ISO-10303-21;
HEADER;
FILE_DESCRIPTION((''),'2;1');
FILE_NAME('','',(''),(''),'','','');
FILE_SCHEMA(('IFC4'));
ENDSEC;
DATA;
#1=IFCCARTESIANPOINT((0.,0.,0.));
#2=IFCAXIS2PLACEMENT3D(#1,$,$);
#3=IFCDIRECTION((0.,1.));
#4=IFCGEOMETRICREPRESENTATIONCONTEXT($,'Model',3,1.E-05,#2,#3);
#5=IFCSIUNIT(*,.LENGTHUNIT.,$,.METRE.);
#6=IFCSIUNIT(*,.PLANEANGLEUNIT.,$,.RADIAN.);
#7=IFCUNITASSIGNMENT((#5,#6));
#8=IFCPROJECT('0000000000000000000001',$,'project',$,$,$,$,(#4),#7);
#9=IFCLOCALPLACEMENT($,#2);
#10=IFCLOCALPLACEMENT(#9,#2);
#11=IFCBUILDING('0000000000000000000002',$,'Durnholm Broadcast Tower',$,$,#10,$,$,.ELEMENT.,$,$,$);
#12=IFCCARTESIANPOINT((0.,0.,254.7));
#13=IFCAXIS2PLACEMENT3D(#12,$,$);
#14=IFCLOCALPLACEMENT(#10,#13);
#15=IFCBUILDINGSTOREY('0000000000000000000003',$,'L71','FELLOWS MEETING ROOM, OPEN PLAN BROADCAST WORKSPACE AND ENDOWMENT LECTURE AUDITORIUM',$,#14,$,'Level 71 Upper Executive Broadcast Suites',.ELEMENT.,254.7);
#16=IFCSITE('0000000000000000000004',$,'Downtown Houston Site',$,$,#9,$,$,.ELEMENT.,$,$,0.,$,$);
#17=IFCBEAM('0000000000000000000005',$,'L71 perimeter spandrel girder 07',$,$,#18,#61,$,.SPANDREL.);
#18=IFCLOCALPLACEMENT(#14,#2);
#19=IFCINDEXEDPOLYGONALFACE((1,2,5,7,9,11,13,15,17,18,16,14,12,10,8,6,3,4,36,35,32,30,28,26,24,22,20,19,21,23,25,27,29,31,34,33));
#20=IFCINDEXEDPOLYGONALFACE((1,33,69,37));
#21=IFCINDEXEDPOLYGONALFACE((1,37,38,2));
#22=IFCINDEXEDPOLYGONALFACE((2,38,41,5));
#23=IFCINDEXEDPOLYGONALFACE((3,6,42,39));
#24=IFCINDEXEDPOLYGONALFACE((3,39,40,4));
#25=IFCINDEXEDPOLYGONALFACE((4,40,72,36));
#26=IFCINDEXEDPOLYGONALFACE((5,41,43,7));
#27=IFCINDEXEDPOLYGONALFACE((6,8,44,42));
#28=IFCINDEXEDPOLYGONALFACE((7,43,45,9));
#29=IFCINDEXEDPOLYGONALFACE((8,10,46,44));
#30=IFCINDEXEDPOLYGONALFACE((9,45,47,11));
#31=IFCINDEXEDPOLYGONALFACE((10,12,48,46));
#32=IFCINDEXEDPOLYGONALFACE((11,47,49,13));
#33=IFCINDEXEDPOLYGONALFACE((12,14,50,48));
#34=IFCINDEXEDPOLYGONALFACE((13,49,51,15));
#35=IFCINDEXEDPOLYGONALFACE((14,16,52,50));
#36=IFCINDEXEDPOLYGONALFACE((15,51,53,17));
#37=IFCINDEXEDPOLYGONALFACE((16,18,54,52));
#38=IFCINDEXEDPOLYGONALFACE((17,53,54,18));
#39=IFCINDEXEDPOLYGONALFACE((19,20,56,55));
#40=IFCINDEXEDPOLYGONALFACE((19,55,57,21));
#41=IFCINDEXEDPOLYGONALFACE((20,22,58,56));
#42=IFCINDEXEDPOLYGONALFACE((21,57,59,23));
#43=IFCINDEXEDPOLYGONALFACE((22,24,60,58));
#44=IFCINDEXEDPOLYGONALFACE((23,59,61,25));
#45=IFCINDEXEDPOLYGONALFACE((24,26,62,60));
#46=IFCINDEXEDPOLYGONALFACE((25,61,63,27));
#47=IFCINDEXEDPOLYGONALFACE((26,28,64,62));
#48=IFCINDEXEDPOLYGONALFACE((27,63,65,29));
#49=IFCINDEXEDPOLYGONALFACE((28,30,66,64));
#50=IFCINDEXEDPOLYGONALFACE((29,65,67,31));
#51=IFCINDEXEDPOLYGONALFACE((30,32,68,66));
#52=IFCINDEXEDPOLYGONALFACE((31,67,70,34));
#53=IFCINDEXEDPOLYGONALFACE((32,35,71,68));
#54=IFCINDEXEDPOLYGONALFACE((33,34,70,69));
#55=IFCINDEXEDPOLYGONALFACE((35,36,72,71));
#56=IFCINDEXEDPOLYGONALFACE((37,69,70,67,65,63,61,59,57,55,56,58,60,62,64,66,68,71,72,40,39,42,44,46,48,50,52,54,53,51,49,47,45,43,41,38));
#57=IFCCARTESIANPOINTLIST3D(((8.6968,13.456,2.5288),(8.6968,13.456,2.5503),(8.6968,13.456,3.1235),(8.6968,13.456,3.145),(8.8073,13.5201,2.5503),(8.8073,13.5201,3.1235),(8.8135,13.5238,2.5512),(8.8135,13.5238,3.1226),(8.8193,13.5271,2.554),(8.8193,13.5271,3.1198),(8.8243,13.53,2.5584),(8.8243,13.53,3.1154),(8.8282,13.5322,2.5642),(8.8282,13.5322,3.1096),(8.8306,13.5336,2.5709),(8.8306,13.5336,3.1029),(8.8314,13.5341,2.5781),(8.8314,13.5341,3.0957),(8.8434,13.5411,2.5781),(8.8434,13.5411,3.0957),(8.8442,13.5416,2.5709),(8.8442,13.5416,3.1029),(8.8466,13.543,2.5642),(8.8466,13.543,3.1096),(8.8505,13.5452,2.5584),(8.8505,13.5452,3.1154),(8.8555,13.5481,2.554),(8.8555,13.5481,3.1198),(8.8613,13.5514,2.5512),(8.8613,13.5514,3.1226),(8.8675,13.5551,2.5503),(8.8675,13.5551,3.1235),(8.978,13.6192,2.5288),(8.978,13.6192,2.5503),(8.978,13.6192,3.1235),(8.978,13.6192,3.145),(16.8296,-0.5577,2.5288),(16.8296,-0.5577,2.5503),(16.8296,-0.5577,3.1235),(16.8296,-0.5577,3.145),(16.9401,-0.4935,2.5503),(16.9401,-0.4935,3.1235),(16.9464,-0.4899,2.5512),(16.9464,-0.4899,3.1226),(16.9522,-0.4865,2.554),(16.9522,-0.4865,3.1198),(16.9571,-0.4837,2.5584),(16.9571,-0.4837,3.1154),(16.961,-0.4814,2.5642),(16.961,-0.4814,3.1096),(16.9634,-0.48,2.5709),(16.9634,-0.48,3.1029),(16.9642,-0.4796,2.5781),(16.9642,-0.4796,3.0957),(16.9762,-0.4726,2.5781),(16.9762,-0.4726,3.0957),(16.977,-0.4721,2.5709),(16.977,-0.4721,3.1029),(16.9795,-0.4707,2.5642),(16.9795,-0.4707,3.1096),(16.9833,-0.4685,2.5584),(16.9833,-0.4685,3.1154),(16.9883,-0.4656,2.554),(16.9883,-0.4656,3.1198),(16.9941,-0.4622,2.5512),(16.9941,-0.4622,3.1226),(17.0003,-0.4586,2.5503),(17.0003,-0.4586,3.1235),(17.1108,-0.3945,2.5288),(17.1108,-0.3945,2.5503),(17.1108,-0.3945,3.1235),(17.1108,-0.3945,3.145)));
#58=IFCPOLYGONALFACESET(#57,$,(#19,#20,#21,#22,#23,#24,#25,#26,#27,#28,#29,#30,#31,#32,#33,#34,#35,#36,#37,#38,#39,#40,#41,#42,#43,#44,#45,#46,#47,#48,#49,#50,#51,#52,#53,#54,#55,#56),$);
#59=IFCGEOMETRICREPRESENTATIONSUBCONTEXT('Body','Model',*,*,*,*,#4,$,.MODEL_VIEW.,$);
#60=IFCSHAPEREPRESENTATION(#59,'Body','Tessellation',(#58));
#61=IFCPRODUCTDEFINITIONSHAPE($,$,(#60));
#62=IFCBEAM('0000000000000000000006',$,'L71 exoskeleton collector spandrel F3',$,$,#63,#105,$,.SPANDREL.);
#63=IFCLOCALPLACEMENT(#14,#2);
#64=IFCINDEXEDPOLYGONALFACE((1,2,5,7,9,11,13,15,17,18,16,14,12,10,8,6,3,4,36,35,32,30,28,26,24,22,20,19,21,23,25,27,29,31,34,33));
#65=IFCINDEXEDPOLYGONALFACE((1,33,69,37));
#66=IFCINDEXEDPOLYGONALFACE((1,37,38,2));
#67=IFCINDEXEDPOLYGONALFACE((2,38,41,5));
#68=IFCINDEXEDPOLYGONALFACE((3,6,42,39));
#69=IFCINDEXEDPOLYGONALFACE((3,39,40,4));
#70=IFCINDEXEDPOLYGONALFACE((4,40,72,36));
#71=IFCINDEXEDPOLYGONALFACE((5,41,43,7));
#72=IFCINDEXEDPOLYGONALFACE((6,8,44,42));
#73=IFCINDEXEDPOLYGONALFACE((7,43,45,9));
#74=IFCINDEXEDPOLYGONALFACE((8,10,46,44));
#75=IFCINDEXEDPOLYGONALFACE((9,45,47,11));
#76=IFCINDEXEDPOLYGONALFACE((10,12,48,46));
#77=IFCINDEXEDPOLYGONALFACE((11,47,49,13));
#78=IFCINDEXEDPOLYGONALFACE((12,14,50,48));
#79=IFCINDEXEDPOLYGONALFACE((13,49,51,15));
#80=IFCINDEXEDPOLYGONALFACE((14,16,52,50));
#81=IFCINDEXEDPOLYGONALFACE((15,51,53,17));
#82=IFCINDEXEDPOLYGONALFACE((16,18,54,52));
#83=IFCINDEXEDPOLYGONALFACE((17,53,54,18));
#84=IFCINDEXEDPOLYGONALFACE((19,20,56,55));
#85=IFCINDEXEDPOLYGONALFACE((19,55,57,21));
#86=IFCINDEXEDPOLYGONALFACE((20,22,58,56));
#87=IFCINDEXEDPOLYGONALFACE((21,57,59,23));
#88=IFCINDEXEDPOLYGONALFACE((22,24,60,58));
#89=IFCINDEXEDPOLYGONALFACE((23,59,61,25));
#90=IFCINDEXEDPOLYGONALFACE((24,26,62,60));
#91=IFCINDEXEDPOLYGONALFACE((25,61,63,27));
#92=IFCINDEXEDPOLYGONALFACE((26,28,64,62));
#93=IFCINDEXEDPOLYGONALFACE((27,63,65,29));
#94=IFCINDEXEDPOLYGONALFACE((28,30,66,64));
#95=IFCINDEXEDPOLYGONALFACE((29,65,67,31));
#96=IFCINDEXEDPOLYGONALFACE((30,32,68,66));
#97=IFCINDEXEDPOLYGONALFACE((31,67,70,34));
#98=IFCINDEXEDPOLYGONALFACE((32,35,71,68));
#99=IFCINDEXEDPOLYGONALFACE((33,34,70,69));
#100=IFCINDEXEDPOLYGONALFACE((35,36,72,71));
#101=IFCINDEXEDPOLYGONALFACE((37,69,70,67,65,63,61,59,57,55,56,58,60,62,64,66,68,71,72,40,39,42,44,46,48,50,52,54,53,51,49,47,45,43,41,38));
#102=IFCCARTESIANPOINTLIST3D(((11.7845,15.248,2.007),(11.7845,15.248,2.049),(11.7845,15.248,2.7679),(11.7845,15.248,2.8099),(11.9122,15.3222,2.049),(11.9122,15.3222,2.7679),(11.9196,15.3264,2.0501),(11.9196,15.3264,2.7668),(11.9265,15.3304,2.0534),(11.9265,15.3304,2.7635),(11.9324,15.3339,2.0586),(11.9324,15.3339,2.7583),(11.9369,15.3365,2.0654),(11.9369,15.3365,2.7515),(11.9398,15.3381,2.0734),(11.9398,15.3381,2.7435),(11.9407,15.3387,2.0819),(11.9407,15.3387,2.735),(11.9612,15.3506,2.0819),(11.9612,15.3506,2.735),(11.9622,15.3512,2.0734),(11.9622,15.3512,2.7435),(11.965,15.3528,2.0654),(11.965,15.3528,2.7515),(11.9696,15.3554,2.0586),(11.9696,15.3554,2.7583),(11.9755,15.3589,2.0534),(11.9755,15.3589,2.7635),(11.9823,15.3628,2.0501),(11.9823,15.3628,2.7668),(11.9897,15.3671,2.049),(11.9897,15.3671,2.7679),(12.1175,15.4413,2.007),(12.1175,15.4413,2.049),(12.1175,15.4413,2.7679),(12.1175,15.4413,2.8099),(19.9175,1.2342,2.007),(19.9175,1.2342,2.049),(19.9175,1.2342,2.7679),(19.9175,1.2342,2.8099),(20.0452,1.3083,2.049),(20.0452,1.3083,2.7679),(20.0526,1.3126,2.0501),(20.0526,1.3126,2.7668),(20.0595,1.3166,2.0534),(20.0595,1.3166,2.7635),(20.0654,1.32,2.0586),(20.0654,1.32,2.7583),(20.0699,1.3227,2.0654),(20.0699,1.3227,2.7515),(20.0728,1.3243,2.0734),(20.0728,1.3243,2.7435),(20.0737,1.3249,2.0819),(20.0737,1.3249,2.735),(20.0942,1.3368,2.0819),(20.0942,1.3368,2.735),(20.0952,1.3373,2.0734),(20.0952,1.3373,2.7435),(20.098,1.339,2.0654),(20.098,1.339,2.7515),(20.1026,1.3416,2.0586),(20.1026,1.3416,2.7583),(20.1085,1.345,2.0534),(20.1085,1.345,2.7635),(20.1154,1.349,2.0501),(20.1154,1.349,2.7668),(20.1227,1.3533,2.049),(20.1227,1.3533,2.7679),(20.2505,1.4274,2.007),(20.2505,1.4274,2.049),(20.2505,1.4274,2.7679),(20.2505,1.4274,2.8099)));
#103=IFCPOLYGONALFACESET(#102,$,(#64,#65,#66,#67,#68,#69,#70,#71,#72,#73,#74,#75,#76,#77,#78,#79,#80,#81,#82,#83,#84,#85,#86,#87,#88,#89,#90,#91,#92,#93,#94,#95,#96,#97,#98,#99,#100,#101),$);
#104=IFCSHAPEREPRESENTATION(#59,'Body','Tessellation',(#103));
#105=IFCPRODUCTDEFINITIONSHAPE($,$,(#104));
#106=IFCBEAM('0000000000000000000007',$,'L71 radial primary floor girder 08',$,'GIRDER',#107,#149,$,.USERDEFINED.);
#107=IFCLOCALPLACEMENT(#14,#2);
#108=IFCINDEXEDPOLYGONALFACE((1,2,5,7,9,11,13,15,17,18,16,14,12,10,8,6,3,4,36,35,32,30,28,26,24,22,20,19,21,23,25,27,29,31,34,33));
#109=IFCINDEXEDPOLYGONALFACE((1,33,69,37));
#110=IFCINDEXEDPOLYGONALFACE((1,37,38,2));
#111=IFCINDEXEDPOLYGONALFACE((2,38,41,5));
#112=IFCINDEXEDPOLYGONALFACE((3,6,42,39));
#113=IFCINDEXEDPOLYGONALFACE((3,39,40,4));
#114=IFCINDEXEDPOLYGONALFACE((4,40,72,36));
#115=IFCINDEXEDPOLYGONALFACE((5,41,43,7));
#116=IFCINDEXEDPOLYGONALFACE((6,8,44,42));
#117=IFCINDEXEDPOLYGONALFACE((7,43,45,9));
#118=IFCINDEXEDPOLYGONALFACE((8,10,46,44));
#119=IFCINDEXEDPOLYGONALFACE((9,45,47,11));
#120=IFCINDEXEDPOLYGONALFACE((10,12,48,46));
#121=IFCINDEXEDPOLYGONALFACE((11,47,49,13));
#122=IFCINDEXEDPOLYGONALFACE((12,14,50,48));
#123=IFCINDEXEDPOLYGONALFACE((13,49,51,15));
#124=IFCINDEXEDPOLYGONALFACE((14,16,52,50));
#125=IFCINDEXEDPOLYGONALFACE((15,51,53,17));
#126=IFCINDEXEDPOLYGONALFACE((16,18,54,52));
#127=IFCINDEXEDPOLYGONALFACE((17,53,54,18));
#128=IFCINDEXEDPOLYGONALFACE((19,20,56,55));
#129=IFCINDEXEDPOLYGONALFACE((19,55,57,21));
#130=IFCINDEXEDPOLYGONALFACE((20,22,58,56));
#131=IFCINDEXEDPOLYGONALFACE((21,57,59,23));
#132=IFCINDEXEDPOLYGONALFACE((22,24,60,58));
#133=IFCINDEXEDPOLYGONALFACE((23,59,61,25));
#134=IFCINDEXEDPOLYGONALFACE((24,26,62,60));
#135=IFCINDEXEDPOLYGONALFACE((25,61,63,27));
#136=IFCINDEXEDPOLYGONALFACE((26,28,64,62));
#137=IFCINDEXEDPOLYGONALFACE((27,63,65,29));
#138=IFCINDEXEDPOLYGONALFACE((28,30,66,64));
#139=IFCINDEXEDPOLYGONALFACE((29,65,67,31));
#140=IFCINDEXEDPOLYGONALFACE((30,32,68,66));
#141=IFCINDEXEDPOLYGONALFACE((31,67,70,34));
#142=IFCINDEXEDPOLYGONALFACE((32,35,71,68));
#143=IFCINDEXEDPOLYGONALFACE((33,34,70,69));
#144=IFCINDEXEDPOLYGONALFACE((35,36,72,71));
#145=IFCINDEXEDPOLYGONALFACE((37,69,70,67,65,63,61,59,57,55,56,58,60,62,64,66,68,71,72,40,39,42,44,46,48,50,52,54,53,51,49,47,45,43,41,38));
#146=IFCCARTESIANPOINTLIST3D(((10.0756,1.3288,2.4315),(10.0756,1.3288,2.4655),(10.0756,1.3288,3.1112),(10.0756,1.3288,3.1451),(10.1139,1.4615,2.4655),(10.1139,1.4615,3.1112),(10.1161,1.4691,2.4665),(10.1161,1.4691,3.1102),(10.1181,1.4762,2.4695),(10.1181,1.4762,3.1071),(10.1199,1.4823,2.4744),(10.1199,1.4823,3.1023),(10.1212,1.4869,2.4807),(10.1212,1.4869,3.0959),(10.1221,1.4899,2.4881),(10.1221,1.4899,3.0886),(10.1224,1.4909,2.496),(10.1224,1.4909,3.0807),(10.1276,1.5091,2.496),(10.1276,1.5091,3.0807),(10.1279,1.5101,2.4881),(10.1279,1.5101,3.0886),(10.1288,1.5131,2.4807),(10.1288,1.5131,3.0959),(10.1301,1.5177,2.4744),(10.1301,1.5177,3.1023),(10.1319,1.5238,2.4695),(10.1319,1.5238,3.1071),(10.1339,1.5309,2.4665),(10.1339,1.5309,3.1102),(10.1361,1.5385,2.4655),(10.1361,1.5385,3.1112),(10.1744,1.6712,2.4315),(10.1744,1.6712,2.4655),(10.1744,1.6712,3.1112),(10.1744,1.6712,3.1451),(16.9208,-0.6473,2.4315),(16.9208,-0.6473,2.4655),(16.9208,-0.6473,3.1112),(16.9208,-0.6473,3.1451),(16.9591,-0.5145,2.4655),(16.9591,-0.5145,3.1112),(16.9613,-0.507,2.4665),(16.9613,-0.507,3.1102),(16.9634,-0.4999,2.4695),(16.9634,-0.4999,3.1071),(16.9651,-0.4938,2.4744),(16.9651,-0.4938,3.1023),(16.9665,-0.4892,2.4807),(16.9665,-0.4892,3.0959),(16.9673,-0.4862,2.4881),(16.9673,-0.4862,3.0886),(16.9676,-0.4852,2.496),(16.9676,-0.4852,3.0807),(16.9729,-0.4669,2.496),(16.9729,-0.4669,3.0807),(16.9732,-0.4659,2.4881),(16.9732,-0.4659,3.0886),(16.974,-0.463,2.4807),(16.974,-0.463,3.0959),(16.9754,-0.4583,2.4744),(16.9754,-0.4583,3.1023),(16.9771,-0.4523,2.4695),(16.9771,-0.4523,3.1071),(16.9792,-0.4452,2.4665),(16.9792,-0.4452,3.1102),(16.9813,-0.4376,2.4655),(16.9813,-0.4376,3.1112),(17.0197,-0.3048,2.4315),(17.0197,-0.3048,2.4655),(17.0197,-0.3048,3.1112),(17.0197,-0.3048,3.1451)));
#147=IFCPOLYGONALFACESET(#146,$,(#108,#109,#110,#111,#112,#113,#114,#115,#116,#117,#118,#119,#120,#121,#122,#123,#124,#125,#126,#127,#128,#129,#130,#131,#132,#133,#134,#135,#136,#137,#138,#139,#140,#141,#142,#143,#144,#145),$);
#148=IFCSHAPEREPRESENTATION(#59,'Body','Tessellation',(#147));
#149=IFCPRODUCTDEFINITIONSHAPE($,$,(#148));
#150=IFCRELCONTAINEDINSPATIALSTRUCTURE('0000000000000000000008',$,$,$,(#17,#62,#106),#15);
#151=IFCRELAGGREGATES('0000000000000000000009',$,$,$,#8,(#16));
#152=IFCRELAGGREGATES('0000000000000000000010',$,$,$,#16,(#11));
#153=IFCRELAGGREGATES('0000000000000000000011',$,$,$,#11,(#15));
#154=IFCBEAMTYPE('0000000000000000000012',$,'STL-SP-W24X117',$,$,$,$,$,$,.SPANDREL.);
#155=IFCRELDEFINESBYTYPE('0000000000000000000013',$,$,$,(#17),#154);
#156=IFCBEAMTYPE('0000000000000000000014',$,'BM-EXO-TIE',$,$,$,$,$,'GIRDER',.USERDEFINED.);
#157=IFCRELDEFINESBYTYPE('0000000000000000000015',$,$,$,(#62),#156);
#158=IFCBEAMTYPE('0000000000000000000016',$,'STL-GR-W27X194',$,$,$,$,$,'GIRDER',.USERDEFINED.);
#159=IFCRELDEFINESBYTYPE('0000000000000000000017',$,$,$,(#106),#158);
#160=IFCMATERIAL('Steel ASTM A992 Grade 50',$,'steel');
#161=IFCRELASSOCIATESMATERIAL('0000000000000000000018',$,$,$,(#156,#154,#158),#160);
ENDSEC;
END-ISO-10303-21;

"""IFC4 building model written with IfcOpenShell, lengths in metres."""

from ifc_helpers import new_model, si_unit, direction, frame, origin, origin_2d, place, context, subcontext, project, spatial, i_section, extrude, source, transform, mapped, material, material_profile, profile_set, type_object, element, save


model = new_model("IFC4")

# Units and contexts
model_context = context("Model", 3, precision=1e-05, world=origin(), true_north=direction((0.0, 1.0)))
body_context = subcontext(model_context, "Body", "Model", "MODEL_VIEW")
ifc_project = project(units=[si_unit("LENGTHUNIT", "METRE"), si_unit("PLANEANGLEUNIT", "RADIAN")], contexts=[model_context])

# Site, building, storey
site_placement = place(None, origin())
site = spatial("IfcSite", under=ifc_project, at=site_placement, Name="Downtown Houston Site", CompositionType="ELEMENT", RefElevation=0.0)
building_placement = place(site_placement, origin())
building = spatial("IfcBuilding", under=site, at=building_placement, Name="Durnholm Broadcast Tower", CompositionType="ELEMENT")
storey_placement = place(building_placement, frame((0.0, 0.0, 254.7)))
storey = spatial("IfcBuildingStorey", under=building, at=storey_placement, Name="L71", Description="FELLOWS MEETING ROOM, OPEN PLAN BROADCAST WORKSPACE AND ENDOWMENT LECTURE AUDITORIUM", LongName="Level 71 Upper Executive Broadcast Suites", CompositionType="ELEMENT", Elevation=254.7)

# Beams
ifc_material_1 = material(Name="Steel ASTM A992 Grade 50", Category="steel")
ifc_material_profile_1 = material_profile(ifc_material_1, i_section(OverallWidth=0.385, OverallDepth=0.803, WebThickness=0.0237, FlangeThickness=0.042, FilletRadius=0.033, at=origin_2d()), Name="W30X261")
ifc_profile_set_1 = profile_set([ifc_material_profile_1], Name="Steel ASTM A992 Grade 50")
beam_type_1 = type_object("IfcBeamType", Name="BM-EXO-TIE", ElementType="GIRDER", PredefinedType="USERDEFINED", material=ifc_profile_set_1)
ifc_material_profile_2 = material_profile(ifc_material_1, i_section(OverallWidth=0.3252, OverallDepth=0.6162, WebThickness=0.0139, FlangeThickness=0.0215, FilletRadius=0.0278, at=origin_2d()), Name="W24X117")
ifc_profile_set_2 = profile_set([ifc_material_profile_2], Name="Steel ASTM A992 Grade 50")
beam_type_2 = type_object("IfcBeamType", Name="STL-SP-W24X117", PredefinedType="SPANDREL", material=ifc_profile_set_2)
shared_shape_1 = source(origin(), body_context, "Body", "SweptSolid", [
    extrude(i_section(OverallWidth=0.3252, OverallDepth=0.6162, WebThickness=0.0139, FlangeThickness=0.0215, FilletRadius=0.0278, at=origin_2d()), origin(), (0.0, 0.0, 1.0), 16.2026),
])
beam_1_placement = place(storey_placement, frame((8.8374, 13.5376, 2.8369), z_axis=(0.501944, -0.8649, 0.0), x_axis=(0.8649, 0.501944, 0.0)))
element("IfcBeam", 1, at=beam_1_placement, inside=storey, type_object=beam_type_2, Name="L71 perimeter spandrel girder 07", PredefinedType="SPANDREL", context=body_context, shape_type="MappedRepresentation", body=[
    mapped(shared_shape_1, transform((0.0, 0.0, 0.0), x_axis=(1.0, 0.0, 0.0), y_axis=(0.0, 1.0, 0.0), z_axis=(0.0, 0.0, 1.0), scale=1.0)),
])
shared_shape_2 = source(origin(), body_context, "Body", "SweptSolid", [
    extrude(i_section(OverallWidth=0.385, OverallDepth=0.803, WebThickness=0.0237, FlangeThickness=0.042, FilletRadius=0.033, at=origin_2d()), origin(), (0.0, 0.0, 1.0), 16.2029),
])
beam_2_placement = place(storey_placement, frame((20.084, 1.3308, 2.4084), z_axis=(-0.501948, 0.864898, 0.0), x_axis=(-0.864898, -0.501948, 0.0)))
element("IfcBeam", 2, at=beam_2_placement, inside=storey, type_object=beam_type_1, Name="L71 exoskeleton collector spandrel F3", PredefinedType="SPANDREL", context=body_context, shape_type="MappedRepresentation", body=[
    mapped(shared_shape_2, transform((0.0, 0.0, 0.0), x_axis=(1.0, 0.0, 0.0), y_axis=(0.0, 1.0, 0.0), z_axis=(0.0, 0.0, 1.0), scale=1.0)),
])
ifc_material_profile_3 = material_profile(ifc_material_1, i_section(OverallWidth=0.3564, OverallDepth=0.7136, WebThickness=0.019, FlangeThickness=0.0339, FilletRadius=0.0305, at=origin_2d()), Name="W27X194")
ifc_profile_set_3 = profile_set([ifc_material_profile_3], Name="Steel ASTM A992 Grade 50")
beam_type_3 = type_object("IfcBeamType", Name="STL-GR-W27X194", ElementType="GIRDER", PredefinedType="USERDEFINED", material=ifc_profile_set_3)
shared_shape_3 = source(origin(), body_context, "Body", "SweptSolid", [
    extrude(i_section(OverallWidth=0.3564, OverallDepth=0.7136, WebThickness=0.019, FlangeThickness=0.0339, FilletRadius=0.0305, at=origin_2d()), origin(), (0.0, 0.0, 1.0), 7.1248),
])
beam_3_placement = place(storey_placement, frame((10.125, 1.5, 2.7883), z_axis=(0.960768, -0.277354, 0.0), x_axis=(0.277354, 0.960768, 0.0)))
element("IfcBeam", 3, at=beam_3_placement, inside=storey, type_object=beam_type_3, Name="L71 radial primary floor girder 08", ObjectType="GIRDER", PredefinedType="USERDEFINED", context=body_context, shape_type="MappedRepresentation", body=[
    mapped(shared_shape_3, transform((0.0, 0.0, 0.0), x_axis=(1.0, 0.0, 0.0), y_axis=(0.0, 1.0, 0.0), z_axis=(0.0, 0.0, 1.0), scale=1.0)),
])

save(model, "model.ifc")
